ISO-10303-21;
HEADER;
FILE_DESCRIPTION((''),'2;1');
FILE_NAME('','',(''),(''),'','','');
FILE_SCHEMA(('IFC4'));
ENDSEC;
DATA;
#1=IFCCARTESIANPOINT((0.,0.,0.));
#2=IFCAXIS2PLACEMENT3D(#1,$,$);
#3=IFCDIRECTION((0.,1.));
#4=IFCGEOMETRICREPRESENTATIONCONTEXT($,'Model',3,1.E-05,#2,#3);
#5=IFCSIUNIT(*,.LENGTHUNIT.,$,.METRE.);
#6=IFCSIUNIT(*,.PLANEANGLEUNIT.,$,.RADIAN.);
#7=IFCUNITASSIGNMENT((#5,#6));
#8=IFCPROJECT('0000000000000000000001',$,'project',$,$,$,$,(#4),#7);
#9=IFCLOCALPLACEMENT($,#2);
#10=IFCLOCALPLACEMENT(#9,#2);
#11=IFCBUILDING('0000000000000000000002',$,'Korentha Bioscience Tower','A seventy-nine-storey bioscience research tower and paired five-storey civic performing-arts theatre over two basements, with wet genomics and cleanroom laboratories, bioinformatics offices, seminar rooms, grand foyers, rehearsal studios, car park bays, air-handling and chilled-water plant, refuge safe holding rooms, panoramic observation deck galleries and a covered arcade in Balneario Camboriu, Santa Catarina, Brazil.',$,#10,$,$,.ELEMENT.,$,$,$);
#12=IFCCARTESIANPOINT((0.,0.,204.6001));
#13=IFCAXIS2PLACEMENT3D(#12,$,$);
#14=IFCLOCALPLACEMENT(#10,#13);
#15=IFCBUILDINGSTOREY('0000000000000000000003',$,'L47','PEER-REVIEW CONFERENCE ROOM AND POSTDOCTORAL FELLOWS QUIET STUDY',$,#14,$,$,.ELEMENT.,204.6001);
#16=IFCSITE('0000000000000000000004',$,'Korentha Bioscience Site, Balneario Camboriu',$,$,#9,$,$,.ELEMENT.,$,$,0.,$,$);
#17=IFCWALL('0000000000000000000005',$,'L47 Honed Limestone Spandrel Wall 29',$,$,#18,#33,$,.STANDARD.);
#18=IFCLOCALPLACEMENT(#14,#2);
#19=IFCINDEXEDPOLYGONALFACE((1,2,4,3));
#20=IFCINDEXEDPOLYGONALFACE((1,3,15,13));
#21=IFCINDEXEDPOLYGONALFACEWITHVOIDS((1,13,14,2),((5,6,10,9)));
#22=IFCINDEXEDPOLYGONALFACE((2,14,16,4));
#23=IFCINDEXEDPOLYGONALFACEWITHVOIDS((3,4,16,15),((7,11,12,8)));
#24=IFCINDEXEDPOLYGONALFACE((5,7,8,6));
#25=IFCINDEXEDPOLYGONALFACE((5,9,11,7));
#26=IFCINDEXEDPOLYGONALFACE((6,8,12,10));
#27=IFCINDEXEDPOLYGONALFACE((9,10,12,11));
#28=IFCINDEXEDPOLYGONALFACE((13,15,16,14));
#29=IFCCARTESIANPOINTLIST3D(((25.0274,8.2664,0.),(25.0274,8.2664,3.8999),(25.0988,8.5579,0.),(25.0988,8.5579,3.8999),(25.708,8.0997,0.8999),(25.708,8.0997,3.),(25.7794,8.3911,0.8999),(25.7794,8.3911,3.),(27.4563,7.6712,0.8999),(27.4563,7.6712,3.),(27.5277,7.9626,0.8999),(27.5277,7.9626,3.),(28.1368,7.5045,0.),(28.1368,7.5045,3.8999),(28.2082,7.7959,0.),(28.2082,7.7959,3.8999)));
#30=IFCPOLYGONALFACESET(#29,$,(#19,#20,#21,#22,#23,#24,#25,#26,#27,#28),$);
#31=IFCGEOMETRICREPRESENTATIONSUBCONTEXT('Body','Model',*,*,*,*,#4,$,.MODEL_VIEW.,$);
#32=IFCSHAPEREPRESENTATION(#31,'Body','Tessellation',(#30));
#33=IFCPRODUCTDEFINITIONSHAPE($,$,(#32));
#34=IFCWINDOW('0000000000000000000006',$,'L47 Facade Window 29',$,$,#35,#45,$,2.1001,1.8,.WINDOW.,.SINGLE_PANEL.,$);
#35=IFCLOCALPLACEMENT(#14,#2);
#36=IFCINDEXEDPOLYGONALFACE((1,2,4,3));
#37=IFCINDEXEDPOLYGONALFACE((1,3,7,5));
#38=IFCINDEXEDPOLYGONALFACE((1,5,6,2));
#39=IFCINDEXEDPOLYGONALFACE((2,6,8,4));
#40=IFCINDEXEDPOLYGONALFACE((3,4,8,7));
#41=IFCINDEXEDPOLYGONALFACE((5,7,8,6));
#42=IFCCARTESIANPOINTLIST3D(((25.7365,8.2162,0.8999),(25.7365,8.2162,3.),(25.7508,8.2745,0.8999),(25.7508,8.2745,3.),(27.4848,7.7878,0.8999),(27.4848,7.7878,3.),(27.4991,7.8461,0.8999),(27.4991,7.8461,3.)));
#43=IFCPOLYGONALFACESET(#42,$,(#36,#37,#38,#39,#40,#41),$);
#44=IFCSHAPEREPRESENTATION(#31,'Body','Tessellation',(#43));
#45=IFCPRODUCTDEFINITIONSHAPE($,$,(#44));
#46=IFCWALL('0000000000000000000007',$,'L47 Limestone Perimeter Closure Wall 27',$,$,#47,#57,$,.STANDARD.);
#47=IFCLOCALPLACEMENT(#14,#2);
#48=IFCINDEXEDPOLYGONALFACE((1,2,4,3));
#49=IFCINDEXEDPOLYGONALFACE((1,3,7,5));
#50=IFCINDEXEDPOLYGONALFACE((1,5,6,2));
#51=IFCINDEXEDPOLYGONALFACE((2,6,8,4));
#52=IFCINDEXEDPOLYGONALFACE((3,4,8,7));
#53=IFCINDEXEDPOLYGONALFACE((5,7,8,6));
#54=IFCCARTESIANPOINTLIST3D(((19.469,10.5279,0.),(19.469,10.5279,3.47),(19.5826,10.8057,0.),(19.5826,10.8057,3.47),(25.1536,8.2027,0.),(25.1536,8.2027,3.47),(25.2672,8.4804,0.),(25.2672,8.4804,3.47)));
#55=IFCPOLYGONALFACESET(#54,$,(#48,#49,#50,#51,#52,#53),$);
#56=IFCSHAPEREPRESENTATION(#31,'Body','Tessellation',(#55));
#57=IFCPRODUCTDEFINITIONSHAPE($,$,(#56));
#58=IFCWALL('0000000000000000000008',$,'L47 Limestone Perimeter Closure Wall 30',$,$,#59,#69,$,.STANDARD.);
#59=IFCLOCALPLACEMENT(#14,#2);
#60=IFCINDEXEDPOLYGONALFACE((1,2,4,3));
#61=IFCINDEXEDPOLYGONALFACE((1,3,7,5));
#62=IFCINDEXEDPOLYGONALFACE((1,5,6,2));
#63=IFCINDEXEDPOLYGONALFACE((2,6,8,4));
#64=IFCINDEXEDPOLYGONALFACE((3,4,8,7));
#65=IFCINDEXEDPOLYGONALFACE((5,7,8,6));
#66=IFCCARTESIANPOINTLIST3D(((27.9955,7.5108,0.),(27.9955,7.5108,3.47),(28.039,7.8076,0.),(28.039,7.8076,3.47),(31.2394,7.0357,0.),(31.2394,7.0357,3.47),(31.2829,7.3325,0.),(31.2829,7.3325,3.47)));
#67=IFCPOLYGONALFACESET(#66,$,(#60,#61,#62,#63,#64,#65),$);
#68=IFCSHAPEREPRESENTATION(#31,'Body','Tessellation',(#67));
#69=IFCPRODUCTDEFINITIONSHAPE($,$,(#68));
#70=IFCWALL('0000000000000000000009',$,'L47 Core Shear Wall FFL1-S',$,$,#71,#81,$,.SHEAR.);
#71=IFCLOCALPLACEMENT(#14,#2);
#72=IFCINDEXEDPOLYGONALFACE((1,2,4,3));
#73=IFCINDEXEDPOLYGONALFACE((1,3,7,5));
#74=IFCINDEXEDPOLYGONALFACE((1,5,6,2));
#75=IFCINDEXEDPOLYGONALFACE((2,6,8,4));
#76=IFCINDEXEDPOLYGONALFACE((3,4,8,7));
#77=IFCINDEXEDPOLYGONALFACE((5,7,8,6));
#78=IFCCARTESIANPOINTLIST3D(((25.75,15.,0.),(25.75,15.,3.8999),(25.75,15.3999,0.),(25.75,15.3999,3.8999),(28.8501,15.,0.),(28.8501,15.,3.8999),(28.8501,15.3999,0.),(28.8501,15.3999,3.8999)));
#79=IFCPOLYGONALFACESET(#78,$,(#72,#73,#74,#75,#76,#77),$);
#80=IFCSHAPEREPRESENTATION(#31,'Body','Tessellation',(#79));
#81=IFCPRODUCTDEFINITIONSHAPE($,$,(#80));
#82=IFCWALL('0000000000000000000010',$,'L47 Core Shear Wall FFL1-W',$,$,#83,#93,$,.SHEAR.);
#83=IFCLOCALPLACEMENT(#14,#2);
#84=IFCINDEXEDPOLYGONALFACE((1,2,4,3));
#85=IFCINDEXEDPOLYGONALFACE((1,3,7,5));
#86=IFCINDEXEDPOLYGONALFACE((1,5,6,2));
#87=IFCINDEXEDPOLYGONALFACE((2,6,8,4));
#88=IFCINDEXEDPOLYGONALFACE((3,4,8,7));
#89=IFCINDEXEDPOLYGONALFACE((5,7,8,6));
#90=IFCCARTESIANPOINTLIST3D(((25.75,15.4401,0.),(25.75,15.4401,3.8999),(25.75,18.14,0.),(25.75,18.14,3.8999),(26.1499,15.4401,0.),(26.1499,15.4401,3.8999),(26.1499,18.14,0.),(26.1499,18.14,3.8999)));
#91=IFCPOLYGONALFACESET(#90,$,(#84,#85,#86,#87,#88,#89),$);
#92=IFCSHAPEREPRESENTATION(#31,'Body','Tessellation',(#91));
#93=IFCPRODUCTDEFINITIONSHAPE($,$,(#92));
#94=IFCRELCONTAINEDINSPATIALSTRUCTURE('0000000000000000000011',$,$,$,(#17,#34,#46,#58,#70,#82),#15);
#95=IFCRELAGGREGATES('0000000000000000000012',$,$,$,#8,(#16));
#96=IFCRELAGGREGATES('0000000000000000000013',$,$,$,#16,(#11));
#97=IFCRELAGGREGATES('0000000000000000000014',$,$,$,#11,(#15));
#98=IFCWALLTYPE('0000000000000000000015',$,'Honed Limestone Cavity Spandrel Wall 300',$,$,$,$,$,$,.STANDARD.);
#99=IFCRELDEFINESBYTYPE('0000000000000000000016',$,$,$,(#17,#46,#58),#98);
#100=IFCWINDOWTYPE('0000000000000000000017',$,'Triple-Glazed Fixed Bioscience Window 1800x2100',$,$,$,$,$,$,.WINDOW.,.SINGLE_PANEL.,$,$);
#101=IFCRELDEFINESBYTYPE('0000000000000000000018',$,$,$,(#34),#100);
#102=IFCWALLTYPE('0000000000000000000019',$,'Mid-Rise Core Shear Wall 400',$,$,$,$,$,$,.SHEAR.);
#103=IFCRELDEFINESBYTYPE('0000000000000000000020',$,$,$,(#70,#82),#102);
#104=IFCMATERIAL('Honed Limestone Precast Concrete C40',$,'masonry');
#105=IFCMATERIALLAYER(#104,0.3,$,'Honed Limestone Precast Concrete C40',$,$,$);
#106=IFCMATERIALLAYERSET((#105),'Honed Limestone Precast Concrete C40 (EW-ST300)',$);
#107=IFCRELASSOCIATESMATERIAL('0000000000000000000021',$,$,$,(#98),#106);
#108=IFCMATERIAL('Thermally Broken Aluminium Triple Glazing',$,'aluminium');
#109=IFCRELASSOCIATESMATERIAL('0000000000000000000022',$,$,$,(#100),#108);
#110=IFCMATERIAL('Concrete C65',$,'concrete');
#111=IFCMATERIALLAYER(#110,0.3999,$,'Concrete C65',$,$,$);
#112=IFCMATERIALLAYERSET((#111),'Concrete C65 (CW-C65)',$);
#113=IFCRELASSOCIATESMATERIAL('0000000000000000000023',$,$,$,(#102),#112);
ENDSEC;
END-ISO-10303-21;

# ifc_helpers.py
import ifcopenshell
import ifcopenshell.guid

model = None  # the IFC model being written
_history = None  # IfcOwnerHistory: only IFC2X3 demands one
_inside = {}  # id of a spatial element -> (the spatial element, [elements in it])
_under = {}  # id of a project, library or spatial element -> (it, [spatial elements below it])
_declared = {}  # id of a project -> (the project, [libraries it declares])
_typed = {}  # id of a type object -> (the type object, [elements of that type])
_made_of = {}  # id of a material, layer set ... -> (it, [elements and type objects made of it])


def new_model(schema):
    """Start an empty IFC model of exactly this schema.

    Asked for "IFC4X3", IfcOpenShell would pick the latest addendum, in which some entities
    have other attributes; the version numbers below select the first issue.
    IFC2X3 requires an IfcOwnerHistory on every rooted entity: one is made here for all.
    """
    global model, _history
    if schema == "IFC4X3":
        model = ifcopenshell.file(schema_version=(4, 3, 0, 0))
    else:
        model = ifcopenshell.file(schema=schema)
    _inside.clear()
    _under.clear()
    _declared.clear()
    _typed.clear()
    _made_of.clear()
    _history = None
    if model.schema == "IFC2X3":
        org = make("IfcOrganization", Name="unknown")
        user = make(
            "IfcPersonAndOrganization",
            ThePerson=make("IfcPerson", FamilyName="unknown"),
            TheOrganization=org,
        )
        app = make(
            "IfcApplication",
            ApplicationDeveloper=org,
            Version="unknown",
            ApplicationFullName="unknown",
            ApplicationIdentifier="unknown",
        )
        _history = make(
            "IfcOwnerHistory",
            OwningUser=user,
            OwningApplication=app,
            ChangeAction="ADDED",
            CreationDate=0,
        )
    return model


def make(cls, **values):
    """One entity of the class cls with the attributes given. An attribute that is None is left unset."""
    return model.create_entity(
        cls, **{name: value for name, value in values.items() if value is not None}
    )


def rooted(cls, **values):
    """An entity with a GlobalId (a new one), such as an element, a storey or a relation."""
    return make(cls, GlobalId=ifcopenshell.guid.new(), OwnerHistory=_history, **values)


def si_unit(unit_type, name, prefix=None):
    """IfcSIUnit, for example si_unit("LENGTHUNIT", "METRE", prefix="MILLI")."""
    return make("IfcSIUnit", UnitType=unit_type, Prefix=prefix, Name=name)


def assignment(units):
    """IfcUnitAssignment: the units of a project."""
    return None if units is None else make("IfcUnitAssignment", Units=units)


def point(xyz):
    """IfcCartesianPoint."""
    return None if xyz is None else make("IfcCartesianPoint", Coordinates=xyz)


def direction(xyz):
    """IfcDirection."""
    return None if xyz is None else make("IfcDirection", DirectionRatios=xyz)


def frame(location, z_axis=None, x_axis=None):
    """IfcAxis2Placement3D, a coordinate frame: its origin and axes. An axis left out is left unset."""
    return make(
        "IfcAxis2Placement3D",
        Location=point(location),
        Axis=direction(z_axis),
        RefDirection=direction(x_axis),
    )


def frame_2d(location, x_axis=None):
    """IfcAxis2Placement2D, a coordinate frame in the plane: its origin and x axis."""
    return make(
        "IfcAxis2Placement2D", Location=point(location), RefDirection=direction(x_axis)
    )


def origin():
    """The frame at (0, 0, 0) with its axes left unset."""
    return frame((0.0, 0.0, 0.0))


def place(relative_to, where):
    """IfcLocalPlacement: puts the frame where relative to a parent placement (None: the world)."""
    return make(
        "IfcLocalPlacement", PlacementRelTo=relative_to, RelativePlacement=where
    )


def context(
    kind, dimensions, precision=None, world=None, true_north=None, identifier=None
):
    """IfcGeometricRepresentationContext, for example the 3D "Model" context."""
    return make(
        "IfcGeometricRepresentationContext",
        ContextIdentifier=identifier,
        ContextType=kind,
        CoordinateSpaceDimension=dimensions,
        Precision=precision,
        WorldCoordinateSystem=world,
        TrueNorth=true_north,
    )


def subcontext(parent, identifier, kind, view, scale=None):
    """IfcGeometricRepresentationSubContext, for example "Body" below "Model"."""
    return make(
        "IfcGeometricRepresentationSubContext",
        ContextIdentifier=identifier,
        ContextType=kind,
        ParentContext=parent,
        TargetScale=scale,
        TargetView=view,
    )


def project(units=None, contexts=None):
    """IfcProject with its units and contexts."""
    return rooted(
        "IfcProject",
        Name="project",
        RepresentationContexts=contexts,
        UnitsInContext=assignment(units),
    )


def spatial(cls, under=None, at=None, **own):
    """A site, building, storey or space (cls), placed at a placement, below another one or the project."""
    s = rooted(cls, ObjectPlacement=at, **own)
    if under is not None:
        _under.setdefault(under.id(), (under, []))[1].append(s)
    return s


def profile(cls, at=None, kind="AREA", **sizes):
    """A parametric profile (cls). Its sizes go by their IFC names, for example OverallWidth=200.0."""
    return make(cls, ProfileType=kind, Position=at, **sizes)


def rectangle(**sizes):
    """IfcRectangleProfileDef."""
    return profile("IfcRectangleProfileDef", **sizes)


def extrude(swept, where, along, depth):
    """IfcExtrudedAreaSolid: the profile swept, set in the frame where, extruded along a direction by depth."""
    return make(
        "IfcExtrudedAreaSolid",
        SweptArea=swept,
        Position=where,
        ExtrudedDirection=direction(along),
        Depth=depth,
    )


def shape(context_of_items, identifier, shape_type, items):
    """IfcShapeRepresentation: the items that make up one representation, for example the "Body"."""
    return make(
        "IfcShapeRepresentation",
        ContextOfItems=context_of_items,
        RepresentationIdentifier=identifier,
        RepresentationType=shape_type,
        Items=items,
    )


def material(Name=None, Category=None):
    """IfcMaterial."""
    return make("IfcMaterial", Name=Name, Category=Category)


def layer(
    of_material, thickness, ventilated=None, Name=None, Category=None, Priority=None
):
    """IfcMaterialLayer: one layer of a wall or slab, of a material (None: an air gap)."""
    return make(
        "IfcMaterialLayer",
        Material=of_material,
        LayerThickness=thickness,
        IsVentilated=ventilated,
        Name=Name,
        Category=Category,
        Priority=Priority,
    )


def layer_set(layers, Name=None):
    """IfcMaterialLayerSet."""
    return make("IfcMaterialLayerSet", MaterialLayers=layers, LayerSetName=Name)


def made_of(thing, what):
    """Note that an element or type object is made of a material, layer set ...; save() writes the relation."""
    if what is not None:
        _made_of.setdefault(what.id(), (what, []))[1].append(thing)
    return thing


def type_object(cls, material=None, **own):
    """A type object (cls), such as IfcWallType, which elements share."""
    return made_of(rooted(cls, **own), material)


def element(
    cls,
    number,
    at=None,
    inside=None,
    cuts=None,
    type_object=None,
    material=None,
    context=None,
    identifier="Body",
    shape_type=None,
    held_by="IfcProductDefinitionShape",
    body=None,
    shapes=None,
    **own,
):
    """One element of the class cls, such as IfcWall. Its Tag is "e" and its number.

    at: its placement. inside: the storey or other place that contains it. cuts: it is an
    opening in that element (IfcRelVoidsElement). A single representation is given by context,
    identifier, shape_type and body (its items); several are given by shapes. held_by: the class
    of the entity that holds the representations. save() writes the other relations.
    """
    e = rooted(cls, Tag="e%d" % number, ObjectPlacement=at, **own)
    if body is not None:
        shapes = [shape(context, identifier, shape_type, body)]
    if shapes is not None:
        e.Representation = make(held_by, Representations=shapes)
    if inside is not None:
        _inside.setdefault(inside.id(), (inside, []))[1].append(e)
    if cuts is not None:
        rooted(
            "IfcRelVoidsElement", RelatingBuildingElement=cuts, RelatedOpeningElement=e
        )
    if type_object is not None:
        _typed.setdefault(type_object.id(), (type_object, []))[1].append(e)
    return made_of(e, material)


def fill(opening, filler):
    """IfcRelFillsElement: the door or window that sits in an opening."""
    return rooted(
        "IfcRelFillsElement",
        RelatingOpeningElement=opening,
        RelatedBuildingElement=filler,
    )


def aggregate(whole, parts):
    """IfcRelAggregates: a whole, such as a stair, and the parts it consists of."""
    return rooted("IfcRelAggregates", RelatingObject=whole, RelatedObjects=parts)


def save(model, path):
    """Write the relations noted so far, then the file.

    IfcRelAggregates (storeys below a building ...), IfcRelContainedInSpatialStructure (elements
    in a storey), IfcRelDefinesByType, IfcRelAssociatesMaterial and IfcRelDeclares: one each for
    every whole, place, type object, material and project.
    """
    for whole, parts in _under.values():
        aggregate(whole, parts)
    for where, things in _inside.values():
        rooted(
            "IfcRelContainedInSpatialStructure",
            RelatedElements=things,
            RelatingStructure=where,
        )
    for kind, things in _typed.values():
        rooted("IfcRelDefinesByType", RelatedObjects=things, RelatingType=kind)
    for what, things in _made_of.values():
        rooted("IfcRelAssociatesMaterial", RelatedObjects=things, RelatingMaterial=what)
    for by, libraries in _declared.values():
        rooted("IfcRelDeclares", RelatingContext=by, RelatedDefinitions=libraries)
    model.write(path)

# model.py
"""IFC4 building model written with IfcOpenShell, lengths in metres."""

from ifc_helpers import new_model, si_unit, direction, frame, frame_2d, origin, place, context, subcontext, project, spatial, rectangle, extrude, material, layer, layer_set, type_object, element, fill, save


model = new_model("IFC4")

# Units and contexts
model_context = context("Model", 3, precision=1e-05, world=origin(), true_north=direction((0.0, 1.0)))
body_context = subcontext(model_context, "Body", "Model", "MODEL_VIEW")
ifc_project = project(units=[si_unit("LENGTHUNIT", "METRE"), si_unit("PLANEANGLEUNIT", "RADIAN")], contexts=[model_context])

# Site, building, storey
site_placement = place(None, origin())
site = spatial("IfcSite", under=ifc_project, at=site_placement, Name="Korentha Bioscience Site, Balneario Camboriu", CompositionType="ELEMENT", RefElevation=0.0)
building_placement = place(site_placement, origin())
building = spatial("IfcBuilding", under=site, at=building_placement, Name="Korentha Bioscience Tower", Description="A seventy-nine-storey bioscience research tower and paired five-storey civic performing-arts theatre over two basements, with wet genomics and cleanroom laboratories, bioinformatics offices, seminar rooms, grand foyers, rehearsal studios, car park bays, air-handling and chilled-water plant, refuge safe holding rooms, panoramic observation deck galleries and a covered arcade in Balneario Camboriu, Santa Catarina, Brazil.", CompositionType="ELEMENT")
storey_placement = place(building_placement, frame((0.0, 0.0, 204.6001)))
storey = spatial("IfcBuildingStorey", under=building, at=storey_placement, Name="L47", Description="PEER-REVIEW CONFERENCE ROOM AND POSTDOCTORAL FELLOWS QUIET STUDY", CompositionType="ELEMENT", Elevation=204.6001)

# Shared definitions
ifc_material_1 = material(Name="Concrete C65", Category="concrete")

# Shared definitions
ifc_material_2 = material(Name="Honed Limestone Precast Concrete C40", Category="masonry")
ifc_layer_1 = layer(ifc_material_2, 0.3, Name="Honed Limestone Precast Concrete C40")
ifc_layer_set_1 = layer_set([ifc_layer_1], Name="Honed Limestone Precast Concrete C40 (EW-ST300)")
wall_type_1 = type_object("IfcWallType", Name="Honed Limestone Cavity Spandrel Wall 300", PredefinedType="STANDARD", material=ifc_layer_set_1)

# Wall, opening, window
wall_1_placement = place(storey_placement, frame((25.0632, 8.4121, 0.0), z_axis=(0.0, 0.0, 1.0), x_axis=(0.971262, -0.238011, 0.0)))
wall_1 = element("IfcWall", 1, at=wall_1_placement, inside=storey, type_object=wall_type_1, Name="L47 Honed Limestone Spandrel Wall 29", PredefinedType="STANDARD", context=body_context, shape_type="SweptSolid", body=[
    extrude(rectangle(XDim=3.2014, YDim=0.3, at=frame_2d((1.6006, 0.0))), origin(), (0.0, 0.0, 1.0), 3.8999),
])
opening_1_placement = place(wall_1_placement, frame((0.7007, 0.0, 0.8999)))
opening_1 = element("IfcOpeningElement", 2, at=opening_1_placement, cuts=wall_1, PredefinedType="OPENING", context=body_context, shape_type="SweptSolid", body=[
    extrude(rectangle(XDim=1.8, YDim=2.1001, at=frame_2d((0.8999, 1.05))), frame((0.0, 0.165, 0.0), z_axis=(0.0, -1.0, 0.0), x_axis=(1.0, 0.0, 0.0)), (0.0, 0.0, 1.0), 0.3298),
])
ifc_material_3 = material(Name="Thermally Broken Aluminium Triple Glazing", Category="aluminium")
window_type = type_object("IfcWindowType", Name="Triple-Glazed Fixed Bioscience Window 1800x2100", PartitioningType="SINGLE_PANEL", PredefinedType="WINDOW", material=ifc_material_3)
window_placement = place(opening_1_placement, origin())
window = element("IfcWindow", 3, at=window_placement, inside=storey, type_object=window_type, Name="L47 Facade Window 29", OverallHeight=2.1001, OverallWidth=1.8, PartitioningType="SINGLE_PANEL", PredefinedType="WINDOW", context=body_context, shape_type="SweptSolid", body=[
    extrude(rectangle(XDim=1.8, YDim=2.1001, at=frame_2d((0.8999, 1.05))), frame((0.0, 0.03, 0.0), z_axis=(0.0, -1.0, 0.0), x_axis=(1.0, 0.0, 0.0)), (0.0, 0.0, 1.0), 0.0601),
])
fill(opening_1, window)

# Walls
wall_2_placement = place(storey_placement, frame((19.5259, 10.6667, 0.0), z_axis=(0.0, 0.0, 1.0), x_axis=(0.925565, -0.37859, 0.0)))
element("IfcWall", 4, at=wall_2_placement, inside=storey, type_object=wall_type_1, Name="L47 Limestone Perimeter Closure Wall 27", PredefinedType="STANDARD", context=body_context, shape_type="SweptSolid", body=[
    extrude(rectangle(XDim=6.1418, YDim=0.3, at=frame_2d((3.0708, 0.0))), origin(), (0.0, 0.0, 1.0), 3.47),
])
wall_3_placement = place(storey_placement, frame((28.0173, 7.6592, 0.0), z_axis=(0.0, 0.0, 1.0), x_axis=(0.989444, -0.144913, 0.0)))
element("IfcWall", 5, at=wall_3_placement, inside=storey, type_object=wall_type_1, Name="L47 Limestone Perimeter Closure Wall 30", PredefinedType="STANDARD", context=body_context, shape_type="SweptSolid", body=[
    extrude(rectangle(XDim=3.2786, YDim=0.3, at=frame_2d((1.6392, 0.0))), origin(), (0.0, 0.0, 1.0), 3.47),
])
ifc_layer_2 = layer(ifc_material_1, 0.3999, Name="Concrete C65")
ifc_layer_set_2 = layer_set([ifc_layer_2], Name="Concrete C65 (CW-C65)")
wall_type_2 = type_object("IfcWallType", Name="Mid-Rise Core Shear Wall 400", PredefinedType="SHEAR", material=ifc_layer_set_2)
wall_4_placement = place(storey_placement, frame((25.75, 15.2, 0.0), z_axis=(0.0, 0.0, 1.0), x_axis=(1.0, 0.0, 0.0)))
element("IfcWall", 6, at=wall_4_placement, inside=storey, type_object=wall_type_2, Name="L47 Core Shear Wall FFL1-S", PredefinedType="SHEAR", context=body_context, shape_type="SweptSolid", body=[
    extrude(rectangle(XDim=3.1001, YDim=0.3999, at=frame_2d((1.55, 0.0))), origin(), (0.0, 0.0, 1.0), 3.8999),
])
wall_5_placement = place(storey_placement, frame((25.95, 15.4399, 0.0), z_axis=(0.0, 0.0, 1.0), x_axis=(0.0, 1.0, 0.0)))
element("IfcWall", 7, at=wall_5_placement, inside=storey, type_object=wall_type_2, Name="L47 Core Shear Wall FFL1-W", PredefinedType="SHEAR", context=body_context, shape_type="SweptSolid", body=[
    extrude(rectangle(XDim=2.7, YDim=0.3999, at=frame_2d((1.3501, 0.0))), origin(), (0.0, 0.0, 1.0), 3.8999),
])

save(model, "model.ifc")
